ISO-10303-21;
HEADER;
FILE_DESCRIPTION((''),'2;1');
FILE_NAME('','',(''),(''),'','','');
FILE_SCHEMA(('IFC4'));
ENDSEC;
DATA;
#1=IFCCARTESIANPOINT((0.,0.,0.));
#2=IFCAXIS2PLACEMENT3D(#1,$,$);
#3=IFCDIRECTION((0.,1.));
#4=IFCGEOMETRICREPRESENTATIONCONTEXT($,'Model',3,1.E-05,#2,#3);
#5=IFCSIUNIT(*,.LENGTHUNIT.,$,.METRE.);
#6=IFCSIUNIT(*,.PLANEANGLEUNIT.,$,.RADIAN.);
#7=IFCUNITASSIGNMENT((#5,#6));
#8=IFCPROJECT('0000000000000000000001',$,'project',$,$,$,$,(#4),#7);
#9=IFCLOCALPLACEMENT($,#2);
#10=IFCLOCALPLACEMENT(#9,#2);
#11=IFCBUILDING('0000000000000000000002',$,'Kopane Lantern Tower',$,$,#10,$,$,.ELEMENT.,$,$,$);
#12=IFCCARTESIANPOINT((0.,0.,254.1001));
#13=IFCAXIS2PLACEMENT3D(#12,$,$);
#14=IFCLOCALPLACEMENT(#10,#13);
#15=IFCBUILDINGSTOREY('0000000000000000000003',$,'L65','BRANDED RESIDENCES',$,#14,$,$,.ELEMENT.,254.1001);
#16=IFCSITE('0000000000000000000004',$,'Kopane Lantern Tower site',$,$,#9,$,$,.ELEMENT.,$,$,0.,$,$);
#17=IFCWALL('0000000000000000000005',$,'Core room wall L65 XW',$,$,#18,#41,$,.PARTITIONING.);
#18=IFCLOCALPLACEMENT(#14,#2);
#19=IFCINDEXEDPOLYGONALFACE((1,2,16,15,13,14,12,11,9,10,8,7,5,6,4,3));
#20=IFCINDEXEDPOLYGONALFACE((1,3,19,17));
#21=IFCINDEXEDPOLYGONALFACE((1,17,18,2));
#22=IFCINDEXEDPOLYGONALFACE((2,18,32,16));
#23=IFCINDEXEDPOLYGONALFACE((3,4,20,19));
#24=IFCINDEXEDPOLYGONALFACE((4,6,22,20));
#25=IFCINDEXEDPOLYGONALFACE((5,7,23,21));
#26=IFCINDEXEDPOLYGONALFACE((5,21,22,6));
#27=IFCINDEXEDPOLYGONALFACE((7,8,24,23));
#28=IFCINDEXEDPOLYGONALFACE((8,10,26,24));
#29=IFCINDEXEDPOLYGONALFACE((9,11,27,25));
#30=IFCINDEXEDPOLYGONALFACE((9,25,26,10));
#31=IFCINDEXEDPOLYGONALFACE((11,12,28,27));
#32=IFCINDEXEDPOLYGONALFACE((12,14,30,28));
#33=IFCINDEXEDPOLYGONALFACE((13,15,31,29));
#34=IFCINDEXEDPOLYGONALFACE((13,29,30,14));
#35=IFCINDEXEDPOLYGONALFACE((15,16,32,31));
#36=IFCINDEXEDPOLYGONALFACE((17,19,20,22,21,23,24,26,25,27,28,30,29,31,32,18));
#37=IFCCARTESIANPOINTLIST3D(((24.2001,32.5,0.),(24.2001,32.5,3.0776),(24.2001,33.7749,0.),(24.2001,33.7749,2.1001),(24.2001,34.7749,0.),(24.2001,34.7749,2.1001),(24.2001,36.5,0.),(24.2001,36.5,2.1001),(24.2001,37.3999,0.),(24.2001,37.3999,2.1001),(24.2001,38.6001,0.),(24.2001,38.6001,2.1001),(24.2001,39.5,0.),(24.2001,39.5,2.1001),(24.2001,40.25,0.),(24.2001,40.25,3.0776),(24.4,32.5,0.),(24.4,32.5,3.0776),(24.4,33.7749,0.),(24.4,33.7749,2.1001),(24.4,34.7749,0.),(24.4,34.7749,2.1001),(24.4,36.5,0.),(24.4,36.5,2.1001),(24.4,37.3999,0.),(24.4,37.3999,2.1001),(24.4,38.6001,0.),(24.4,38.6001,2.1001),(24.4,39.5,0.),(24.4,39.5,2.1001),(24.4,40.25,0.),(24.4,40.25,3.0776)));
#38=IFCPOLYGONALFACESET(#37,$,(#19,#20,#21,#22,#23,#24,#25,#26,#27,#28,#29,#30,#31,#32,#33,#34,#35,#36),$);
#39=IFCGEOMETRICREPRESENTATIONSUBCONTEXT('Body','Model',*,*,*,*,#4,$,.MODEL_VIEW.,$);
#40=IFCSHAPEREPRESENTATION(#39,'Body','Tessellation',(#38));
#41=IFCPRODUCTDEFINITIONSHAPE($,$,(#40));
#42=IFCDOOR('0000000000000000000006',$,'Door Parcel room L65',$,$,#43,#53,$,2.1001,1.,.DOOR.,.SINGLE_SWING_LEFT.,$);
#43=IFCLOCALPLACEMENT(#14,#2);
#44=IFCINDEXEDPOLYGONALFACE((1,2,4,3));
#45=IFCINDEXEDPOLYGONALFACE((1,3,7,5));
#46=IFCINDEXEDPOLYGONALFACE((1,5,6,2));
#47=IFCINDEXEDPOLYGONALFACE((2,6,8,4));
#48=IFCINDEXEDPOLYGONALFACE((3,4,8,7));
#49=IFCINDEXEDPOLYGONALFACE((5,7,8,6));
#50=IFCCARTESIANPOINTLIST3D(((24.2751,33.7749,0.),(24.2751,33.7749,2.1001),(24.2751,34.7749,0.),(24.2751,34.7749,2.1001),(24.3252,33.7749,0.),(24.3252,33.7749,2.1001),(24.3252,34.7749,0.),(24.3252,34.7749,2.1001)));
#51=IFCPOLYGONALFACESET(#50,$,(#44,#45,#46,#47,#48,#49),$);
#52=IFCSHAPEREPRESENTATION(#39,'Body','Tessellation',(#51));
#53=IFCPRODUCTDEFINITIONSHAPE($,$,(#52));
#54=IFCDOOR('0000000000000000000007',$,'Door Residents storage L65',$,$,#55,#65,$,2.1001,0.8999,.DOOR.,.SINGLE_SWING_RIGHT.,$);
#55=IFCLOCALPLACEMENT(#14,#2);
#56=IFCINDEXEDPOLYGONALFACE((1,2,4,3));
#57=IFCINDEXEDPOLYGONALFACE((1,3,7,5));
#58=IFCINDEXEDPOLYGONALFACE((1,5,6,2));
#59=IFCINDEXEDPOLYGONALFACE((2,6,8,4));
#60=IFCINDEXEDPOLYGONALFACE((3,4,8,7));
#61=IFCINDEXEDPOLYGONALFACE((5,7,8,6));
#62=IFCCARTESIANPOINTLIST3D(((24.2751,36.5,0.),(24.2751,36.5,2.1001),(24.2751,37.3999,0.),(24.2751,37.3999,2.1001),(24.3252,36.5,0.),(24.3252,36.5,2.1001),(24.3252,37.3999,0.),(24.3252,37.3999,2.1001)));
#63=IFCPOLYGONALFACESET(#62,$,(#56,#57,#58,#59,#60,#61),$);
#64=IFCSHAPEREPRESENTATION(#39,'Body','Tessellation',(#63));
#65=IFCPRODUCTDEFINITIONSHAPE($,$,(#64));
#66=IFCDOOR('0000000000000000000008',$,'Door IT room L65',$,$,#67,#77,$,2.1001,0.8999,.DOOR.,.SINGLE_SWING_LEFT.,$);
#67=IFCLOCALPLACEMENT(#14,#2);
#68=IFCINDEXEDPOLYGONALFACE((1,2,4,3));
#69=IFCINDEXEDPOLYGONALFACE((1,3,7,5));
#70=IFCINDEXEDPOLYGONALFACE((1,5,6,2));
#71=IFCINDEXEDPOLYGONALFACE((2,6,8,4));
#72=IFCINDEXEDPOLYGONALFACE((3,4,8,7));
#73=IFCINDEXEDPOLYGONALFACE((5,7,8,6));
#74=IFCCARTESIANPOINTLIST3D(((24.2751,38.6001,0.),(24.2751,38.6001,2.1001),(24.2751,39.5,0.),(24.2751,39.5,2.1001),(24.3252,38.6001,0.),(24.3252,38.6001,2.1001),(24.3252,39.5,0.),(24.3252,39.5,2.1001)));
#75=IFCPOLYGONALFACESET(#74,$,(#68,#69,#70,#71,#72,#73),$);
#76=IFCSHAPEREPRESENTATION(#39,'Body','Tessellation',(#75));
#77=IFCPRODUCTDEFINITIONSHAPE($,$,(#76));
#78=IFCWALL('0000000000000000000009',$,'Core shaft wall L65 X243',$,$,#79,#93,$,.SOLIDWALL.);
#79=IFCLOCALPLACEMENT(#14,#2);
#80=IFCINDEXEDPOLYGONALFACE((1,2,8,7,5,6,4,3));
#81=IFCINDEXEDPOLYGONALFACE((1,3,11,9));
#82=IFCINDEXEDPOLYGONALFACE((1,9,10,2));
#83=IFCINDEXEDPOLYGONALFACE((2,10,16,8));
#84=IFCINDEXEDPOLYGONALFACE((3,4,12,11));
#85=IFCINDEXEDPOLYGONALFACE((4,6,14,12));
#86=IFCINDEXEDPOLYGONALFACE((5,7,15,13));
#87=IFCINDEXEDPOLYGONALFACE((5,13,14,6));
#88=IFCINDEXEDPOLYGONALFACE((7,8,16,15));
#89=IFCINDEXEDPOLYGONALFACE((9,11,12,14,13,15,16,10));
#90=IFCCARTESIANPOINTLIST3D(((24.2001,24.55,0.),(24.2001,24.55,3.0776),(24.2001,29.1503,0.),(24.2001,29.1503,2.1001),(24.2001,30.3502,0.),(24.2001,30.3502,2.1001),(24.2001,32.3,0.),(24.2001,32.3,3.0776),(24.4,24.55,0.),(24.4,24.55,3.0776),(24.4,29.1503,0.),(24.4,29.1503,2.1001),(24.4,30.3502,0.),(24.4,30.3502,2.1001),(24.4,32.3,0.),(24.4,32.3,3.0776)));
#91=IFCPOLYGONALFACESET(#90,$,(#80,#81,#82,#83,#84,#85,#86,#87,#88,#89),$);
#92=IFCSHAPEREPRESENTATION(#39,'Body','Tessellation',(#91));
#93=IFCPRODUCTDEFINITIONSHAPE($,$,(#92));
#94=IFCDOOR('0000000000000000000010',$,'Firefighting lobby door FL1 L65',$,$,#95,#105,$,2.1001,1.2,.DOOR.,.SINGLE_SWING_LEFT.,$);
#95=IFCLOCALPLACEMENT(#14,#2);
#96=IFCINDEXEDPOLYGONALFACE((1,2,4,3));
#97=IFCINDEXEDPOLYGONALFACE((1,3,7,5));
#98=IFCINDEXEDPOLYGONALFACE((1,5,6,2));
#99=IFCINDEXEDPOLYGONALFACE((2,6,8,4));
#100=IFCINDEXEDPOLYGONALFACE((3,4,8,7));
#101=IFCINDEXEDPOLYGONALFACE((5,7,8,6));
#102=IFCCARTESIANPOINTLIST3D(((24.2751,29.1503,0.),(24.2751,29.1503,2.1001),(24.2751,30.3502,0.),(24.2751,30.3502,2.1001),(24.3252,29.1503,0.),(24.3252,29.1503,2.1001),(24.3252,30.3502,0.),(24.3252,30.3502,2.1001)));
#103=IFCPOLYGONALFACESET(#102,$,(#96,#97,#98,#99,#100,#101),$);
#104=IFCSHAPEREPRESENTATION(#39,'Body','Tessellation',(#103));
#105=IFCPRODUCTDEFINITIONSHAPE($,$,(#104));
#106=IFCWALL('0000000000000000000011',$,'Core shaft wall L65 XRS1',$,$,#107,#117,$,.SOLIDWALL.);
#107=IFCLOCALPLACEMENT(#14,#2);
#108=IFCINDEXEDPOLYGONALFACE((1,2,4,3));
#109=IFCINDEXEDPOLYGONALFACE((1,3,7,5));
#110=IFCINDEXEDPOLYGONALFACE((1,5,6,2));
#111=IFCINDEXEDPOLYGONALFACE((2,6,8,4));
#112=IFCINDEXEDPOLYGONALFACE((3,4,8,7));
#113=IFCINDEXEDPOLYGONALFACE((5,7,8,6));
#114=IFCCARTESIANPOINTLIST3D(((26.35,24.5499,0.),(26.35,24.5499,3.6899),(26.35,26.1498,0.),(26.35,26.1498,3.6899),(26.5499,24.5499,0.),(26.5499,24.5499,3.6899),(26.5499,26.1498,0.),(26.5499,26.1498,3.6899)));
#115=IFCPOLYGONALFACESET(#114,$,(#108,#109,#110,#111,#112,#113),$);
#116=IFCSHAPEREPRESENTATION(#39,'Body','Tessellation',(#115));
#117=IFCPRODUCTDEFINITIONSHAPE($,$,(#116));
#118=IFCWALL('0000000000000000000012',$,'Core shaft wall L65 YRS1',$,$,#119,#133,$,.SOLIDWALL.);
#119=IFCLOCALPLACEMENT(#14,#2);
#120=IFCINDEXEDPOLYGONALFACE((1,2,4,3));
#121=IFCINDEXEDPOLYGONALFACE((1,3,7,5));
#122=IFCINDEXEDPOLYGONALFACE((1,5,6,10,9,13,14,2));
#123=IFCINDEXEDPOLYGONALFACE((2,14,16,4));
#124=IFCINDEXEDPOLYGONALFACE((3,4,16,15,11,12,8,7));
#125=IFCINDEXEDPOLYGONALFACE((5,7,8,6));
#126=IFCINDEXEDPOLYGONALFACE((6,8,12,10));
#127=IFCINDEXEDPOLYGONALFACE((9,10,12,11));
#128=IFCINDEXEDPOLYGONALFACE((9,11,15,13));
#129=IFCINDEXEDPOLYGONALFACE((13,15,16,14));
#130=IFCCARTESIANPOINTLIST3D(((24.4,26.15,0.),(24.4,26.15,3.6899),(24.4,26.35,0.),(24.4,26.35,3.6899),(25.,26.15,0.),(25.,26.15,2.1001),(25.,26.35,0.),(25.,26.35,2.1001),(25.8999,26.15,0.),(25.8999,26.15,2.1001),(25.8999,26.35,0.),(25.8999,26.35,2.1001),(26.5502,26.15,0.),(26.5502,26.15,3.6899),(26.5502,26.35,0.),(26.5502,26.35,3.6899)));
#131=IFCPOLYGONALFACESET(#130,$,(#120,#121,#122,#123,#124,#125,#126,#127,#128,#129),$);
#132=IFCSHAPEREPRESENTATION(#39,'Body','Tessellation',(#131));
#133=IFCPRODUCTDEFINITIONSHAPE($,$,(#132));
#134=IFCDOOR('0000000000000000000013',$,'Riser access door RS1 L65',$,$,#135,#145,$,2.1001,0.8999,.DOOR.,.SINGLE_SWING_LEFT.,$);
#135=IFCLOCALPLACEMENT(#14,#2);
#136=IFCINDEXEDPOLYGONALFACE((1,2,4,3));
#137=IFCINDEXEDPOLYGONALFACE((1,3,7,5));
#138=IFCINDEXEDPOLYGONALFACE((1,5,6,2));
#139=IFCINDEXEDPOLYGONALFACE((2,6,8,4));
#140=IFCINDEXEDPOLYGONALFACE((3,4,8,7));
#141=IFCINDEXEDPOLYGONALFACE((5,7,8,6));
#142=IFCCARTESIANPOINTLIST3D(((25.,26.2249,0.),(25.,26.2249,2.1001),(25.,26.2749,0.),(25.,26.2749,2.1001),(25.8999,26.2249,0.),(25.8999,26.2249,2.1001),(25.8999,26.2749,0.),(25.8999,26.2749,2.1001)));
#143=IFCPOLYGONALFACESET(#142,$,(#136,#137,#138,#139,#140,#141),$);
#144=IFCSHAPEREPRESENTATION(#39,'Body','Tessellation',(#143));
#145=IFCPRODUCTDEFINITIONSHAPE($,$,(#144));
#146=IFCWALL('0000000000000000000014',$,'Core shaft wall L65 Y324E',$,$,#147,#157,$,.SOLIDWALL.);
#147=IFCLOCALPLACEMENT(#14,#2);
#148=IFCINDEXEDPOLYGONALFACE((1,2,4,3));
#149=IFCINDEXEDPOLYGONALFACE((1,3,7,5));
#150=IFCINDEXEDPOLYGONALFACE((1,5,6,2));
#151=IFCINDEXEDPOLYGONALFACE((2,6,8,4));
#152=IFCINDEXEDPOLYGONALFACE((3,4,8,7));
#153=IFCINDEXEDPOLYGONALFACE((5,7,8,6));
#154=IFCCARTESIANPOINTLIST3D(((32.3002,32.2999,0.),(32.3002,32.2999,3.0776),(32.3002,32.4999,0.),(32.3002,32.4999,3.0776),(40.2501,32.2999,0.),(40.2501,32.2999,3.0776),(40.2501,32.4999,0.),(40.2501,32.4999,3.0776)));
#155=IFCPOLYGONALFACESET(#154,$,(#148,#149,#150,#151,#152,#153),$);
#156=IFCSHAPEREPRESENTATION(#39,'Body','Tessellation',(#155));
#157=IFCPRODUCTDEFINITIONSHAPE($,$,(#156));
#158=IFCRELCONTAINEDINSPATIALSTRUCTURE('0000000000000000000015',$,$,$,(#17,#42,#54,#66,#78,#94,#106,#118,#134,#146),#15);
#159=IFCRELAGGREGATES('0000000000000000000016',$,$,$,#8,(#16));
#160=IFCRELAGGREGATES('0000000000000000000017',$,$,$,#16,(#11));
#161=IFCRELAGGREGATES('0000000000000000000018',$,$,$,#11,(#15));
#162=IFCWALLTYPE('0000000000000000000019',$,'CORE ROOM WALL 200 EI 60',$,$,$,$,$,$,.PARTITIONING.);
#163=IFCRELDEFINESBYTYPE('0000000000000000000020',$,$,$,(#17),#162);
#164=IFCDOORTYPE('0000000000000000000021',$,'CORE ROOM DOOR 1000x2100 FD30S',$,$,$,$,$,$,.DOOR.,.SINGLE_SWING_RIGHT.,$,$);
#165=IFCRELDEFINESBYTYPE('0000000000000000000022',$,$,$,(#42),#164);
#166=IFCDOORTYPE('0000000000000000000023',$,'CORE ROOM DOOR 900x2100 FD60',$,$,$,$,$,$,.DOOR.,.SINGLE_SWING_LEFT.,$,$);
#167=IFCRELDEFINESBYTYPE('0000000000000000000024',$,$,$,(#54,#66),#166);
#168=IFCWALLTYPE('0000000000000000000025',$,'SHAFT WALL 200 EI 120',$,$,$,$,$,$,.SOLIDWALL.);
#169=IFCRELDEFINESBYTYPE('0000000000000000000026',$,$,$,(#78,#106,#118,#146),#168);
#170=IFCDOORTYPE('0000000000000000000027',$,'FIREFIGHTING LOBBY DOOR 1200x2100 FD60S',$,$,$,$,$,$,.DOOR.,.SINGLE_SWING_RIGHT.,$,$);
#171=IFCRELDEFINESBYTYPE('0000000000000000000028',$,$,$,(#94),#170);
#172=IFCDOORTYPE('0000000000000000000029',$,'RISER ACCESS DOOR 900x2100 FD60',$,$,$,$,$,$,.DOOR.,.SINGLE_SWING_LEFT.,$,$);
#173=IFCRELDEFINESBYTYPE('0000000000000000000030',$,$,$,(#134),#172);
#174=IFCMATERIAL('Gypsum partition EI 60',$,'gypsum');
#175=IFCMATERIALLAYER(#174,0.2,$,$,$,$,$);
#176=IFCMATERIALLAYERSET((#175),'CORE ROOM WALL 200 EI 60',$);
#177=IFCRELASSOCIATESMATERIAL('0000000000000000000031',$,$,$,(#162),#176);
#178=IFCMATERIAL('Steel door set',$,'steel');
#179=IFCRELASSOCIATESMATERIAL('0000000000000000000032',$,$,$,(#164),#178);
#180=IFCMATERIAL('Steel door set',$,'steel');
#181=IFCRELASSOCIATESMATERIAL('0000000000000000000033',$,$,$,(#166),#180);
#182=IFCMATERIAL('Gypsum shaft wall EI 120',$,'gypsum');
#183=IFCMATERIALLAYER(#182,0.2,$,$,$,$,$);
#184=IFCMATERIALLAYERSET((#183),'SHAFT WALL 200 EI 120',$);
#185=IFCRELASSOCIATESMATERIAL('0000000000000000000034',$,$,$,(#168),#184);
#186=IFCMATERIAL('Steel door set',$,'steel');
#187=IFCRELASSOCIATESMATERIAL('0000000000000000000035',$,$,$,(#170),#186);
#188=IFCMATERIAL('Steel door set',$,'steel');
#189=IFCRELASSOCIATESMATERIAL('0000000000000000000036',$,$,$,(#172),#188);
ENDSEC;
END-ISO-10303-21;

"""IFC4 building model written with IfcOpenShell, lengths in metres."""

from ifc_helpers import new_model, si_unit, direction, frame, frame_2d, origin, place, context, subcontext, project, spatial, rectangle, extrude, material, layer, layer_set, type_object, element, fill, save


model = new_model("IFC4")

# Units and contexts
model_context = context("Model", 3, precision=1e-05, world=origin(), true_north=direction((0.0, 1.0)))
body_context = subcontext(model_context, "Body", "Model", "MODEL_VIEW")
ifc_project = project(units=[si_unit("LENGTHUNIT", "METRE"), si_unit("PLANEANGLEUNIT", "RADIAN")], contexts=[model_context])

# Site, building, storey
site_placement = place(None, origin())
site = spatial("IfcSite", under=ifc_project, at=site_placement, Name="Kopane Lantern Tower site", CompositionType="ELEMENT", RefElevation=0.0)
building_placement = place(site_placement, origin())
building = spatial("IfcBuilding", under=site, at=building_placement, Name="Kopane Lantern Tower", CompositionType="ELEMENT")
storey_placement = place(building_placement, frame((0.0, 0.0, 254.1001)))
storey = spatial("IfcBuildingStorey", under=building, at=storey_placement, Name="L65", Description="BRANDED RESIDENCES", CompositionType="ELEMENT", Elevation=254.1001)

# Wall, openings, doors
ifc_material_1 = material(Name="Gypsum partition EI 60", Category="gypsum")
ifc_layer_1 = layer(ifc_material_1, 0.2)
ifc_layer_set_1 = layer_set([ifc_layer_1], Name="CORE ROOM WALL 200 EI 60")
wall_type_1 = type_object("IfcWallType", Name="CORE ROOM WALL 200 EI 60", PredefinedType="PARTITIONING", material=ifc_layer_set_1)
wall_1_placement = place(storey_placement, frame((24.3, 32.5, 0.0), z_axis=(0.0, 0.0, 1.0), x_axis=(0.0, 1.0, 0.0)))
wall_1 = element("IfcWall", 1, at=wall_1_placement, inside=storey, type_object=wall_type_1, Name="Core room wall L65 XW", PredefinedType="PARTITIONING", context=body_context, shape_type="SweptSolid", body=[
    extrude(rectangle(XDim=7.75, YDim=0.2, at=frame_2d((3.875, 0.0))), origin(), (0.0, 0.0, 1.0), 3.0776),
])
opening_1_placement = place(wall_1_placement, frame((1.2749, 0.0, 0.0)))
opening_1 = element("IfcOpeningElement", 2, at=opening_1_placement, cuts=wall_1, PredefinedType="OPENING", context=body_context, shape_type="SweptSolid", body=[
    extrude(rectangle(XDim=1.0, YDim=2.1001, at=frame_2d((0.5, 1.05))), frame((0.0, 0.1099, 0.0), z_axis=(0.0, -1.0, 0.0), x_axis=(1.0, 0.0, 0.0)), (0.0, 0.0, 1.0), 0.22),
])
opening_2_placement = place(wall_1_placement, frame((4.0, 0.0, 0.0)))
opening_2 = element("IfcOpeningElement", 3, at=opening_2_placement, cuts=wall_1, PredefinedType="OPENING", context=body_context, shape_type="SweptSolid", body=[
    extrude(rectangle(XDim=0.8999, YDim=2.1001, at=frame_2d((0.45, 1.05))), frame((0.0, 0.1099, 0.0), z_axis=(0.0, -1.0, 0.0), x_axis=(1.0, 0.0, 0.0)), (0.0, 0.0, 1.0), 0.22),
])
opening_3_placement = place(wall_1_placement, frame((6.1001, 0.0, 0.0)))
opening_3 = element("IfcOpeningElement", 4, at=opening_3_placement, cuts=wall_1, PredefinedType="OPENING", context=body_context, shape_type="SweptSolid", body=[
    extrude(rectangle(XDim=0.8999, YDim=2.1001, at=frame_2d((0.45, 1.05))), frame((0.0, 0.1099, 0.0), z_axis=(0.0, -1.0, 0.0), x_axis=(1.0, 0.0, 0.0)), (0.0, 0.0, 1.0), 0.22),
])
ifc_material_2 = material(Name="Steel door set", Category="steel")
door_type_1 = type_object("IfcDoorType", Name="CORE ROOM DOOR 1000x2100 FD30S", OperationType="SINGLE_SWING_RIGHT", PredefinedType="DOOR", material=ifc_material_2)
door_1_placement = place(opening_1_placement, origin())
door_1 = element("IfcDoor", 5, at=door_1_placement, inside=storey, type_object=door_type_1, Name="Door Parcel room L65", OperationType="SINGLE_SWING_LEFT", OverallHeight=2.1001, OverallWidth=1.0, PredefinedType="DOOR", context=body_context, shape_type="SweptSolid", body=[
    extrude(rectangle(XDim=1.0, YDim=2.1001, at=frame_2d((0.5, 1.05))), frame((0.0, 0.0249, 0.0), z_axis=(0.0, -1.0, 0.0), x_axis=(1.0, 0.0, 0.0)), (0.0, 0.0, 1.0), 0.05),
])
fill(opening_1, door_1)
ifc_material_3 = material(Name="Steel door set", Category="steel")
door_type_2 = type_object("IfcDoorType", Name="CORE ROOM DOOR 900x2100 FD60", OperationType="SINGLE_SWING_LEFT", PredefinedType="DOOR", material=ifc_material_3)
door_2_placement = place(opening_2_placement, origin())
door_2 = element("IfcDoor", 6, at=door_2_placement, inside=storey, type_object=door_type_2, Name="Door Residents storage L65", OperationType="SINGLE_SWING_RIGHT", OverallHeight=2.1001, OverallWidth=0.8999, PredefinedType="DOOR", context=body_context, shape_type="SweptSolid", body=[
    extrude(rectangle(XDim=0.8999, YDim=2.1001, at=frame_2d((0.45, 1.05))), frame((0.0, 0.0249, 0.0), z_axis=(0.0, -1.0, 0.0), x_axis=(1.0, 0.0, 0.0)), (0.0, 0.0, 1.0), 0.05),
])
fill(opening_2, door_2)
door_3_placement = place(opening_3_placement, origin())
door_3 = element("IfcDoor", 7, at=door_3_placement, inside=storey, type_object=door_type_2, Name="Door IT room L65", OperationType="SINGLE_SWING_LEFT", OverallHeight=2.1001, OverallWidth=0.8999, PredefinedType="DOOR", context=body_context, shape_type="SweptSolid", body=[
    extrude(rectangle(XDim=0.8999, YDim=2.1001, at=frame_2d((0.45, 1.05))), frame((0.0, 0.0249, 0.0), z_axis=(0.0, -1.0, 0.0), x_axis=(1.0, 0.0, 0.0)), (0.0, 0.0, 1.0), 0.05),
])
fill(opening_3, door_3)

# Wall, opening, door
ifc_material_4 = material(Name="Gypsum shaft wall EI 120", Category="gypsum")
ifc_layer_2 = layer(ifc_material_4, 0.2)
ifc_layer_set_2 = layer_set([ifc_layer_2], Name="SHAFT WALL 200 EI 120")
wall_type_2 = type_object("IfcWallType", Name="SHAFT WALL 200 EI 120", PredefinedType="SOLIDWALL", material=ifc_layer_set_2)
wall_2_placement = place(storey_placement, frame((24.3, 24.55, 0.0), z_axis=(0.0, 0.0, 1.0), x_axis=(0.0, 1.0, 0.0)))
wall_2 = element("IfcWall", 8, at=wall_2_placement, inside=storey, type_object=wall_type_2, Name="Core shaft wall L65 X243", PredefinedType="SOLIDWALL", context=body_context, shape_type="SweptSolid", body=[
    extrude(rectangle(XDim=7.75, YDim=0.2, at=frame_2d((3.875, 0.0))), origin(), (0.0, 0.0, 1.0), 3.0776),
])
opening_4_placement = place(wall_2_placement, frame((4.6001, 0.0, 0.0)))
opening_4 = element("IfcOpeningElement", 9, at=opening_4_placement, cuts=wall_2, PredefinedType="OPENING", context=body_context, shape_type="SweptSolid", body=[
    extrude(rectangle(XDim=1.2, YDim=2.1001, at=frame_2d((0.6001, 1.05))), frame((0.0, 0.1099, 0.0), z_axis=(0.0, -1.0, 0.0), x_axis=(1.0, 0.0, 0.0)), (0.0, 0.0, 1.0), 0.22),
])
ifc_material_5 = material(Name="Steel door set", Category="steel")
door_type_3 = type_object("IfcDoorType", Name="FIREFIGHTING LOBBY DOOR 1200x2100 FD60S", OperationType="SINGLE_SWING_RIGHT", PredefinedType="DOOR", material=ifc_material_5)
door_4_placement = place(opening_4_placement, origin())
door_4 = element("IfcDoor", 10, at=door_4_placement, inside=storey, type_object=door_type_3, Name="Firefighting lobby door FL1 L65", OperationType="SINGLE_SWING_LEFT", OverallHeight=2.1001, OverallWidth=1.2, PredefinedType="DOOR", context=body_context, shape_type="SweptSolid", body=[
    extrude(rectangle(XDim=1.2, YDim=2.1001, at=frame_2d((0.6001, 1.05))), frame((0.0, 0.0249, 0.0), z_axis=(0.0, -1.0, 0.0), x_axis=(1.0, 0.0, 0.0)), (0.0, 0.0, 1.0), 0.05),
])
fill(opening_4, door_4)

# Wall
wall_3_placement = place(storey_placement, frame((26.45, 24.55, 0.0), z_axis=(0.0, 0.0, 1.0), x_axis=(0.0, 1.0, 0.0)))
element("IfcWall", 11, at=wall_3_placement, inside=storey, type_object=wall_type_2, Name="Core shaft wall L65 XRS1", PredefinedType="SOLIDWALL", context=body_context, shape_type="SweptSolid", body=[
    extrude(rectangle(XDim=1.5999, YDim=0.2, at=frame_2d((0.7998, 0.0))), origin(), (0.0, 0.0, 1.0), 3.6899),
])

# Wall, opening, door
wall_4_placement = place(storey_placement, frame((24.3999, 26.25, 0.0), z_axis=(0.0, 0.0, 1.0), x_axis=(1.0, 0.0, 0.0)))
wall_4 = element("IfcWall", 12, at=wall_4_placement, inside=storey, type_object=wall_type_2, Name="Core shaft wall L65 YRS1", PredefinedType="SOLIDWALL", context=body_context, shape_type="SweptSolid", body=[
    extrude(rectangle(XDim=2.1501, YDim=0.2, at=frame_2d((1.0752, 0.0))), origin(), (0.0, 0.0, 1.0), 3.6899),
])
opening_5_placement = place(wall_4_placement, frame((0.6001, 0.0, 0.0)))
opening_5 = element("IfcOpeningElement", 13, at=opening_5_placement, cuts=wall_4, PredefinedType="OPENING", context=body_context, shape_type="SweptSolid", body=[
    extrude(rectangle(XDim=0.8999, YDim=2.1001, at=frame_2d((0.45, 1.05))), frame((0.0, 0.1099, 0.0), z_axis=(0.0, -1.0, 0.0), x_axis=(1.0, 0.0, 0.0)), (0.0, 0.0, 1.0), 0.22),
])
ifc_material_6 = material(Name="Steel door set", Category="steel")
door_type_4 = type_object("IfcDoorType", Name="RISER ACCESS DOOR 900x2100 FD60", OperationType="SINGLE_SWING_LEFT", PredefinedType="DOOR", material=ifc_material_6)
door_5_placement = place(opening_5_placement, origin())
door_5 = element("IfcDoor", 14, at=door_5_placement, inside=storey, type_object=door_type_4, Name="Riser access door RS1 L65", OperationType="SINGLE_SWING_LEFT", OverallHeight=2.1001, OverallWidth=0.8999, PredefinedType="DOOR", context=body_context, shape_type="SweptSolid", body=[
    extrude(rectangle(XDim=0.8999, YDim=2.1001, at=frame_2d((0.45, 1.05))), frame((0.0, 0.0249, 0.0), z_axis=(0.0, -1.0, 0.0), x_axis=(1.0, 0.0, 0.0)), (0.0, 0.0, 1.0), 0.05),
])
fill(opening_5, door_5)

# Wall
wall_5_placement = place(storey_placement, frame((32.3, 32.3999, 0.0), z_axis=(0.0, 0.0, 1.0), x_axis=(1.0, 0.0, 0.0)))
element("IfcWall", 15, at=wall_5_placement, inside=storey, type_object=wall_type_2, Name="Core shaft wall L65 Y324E", PredefinedType="SOLIDWALL", context=body_context, shape_type="SweptSolid", body=[
    extrude(rectangle(XDim=7.95, YDim=0.2, at=frame_2d((3.9751, 0.0))), origin(), (0.0, 0.0, 1.0), 3.0776),
])

save(model, "model.ifc")
